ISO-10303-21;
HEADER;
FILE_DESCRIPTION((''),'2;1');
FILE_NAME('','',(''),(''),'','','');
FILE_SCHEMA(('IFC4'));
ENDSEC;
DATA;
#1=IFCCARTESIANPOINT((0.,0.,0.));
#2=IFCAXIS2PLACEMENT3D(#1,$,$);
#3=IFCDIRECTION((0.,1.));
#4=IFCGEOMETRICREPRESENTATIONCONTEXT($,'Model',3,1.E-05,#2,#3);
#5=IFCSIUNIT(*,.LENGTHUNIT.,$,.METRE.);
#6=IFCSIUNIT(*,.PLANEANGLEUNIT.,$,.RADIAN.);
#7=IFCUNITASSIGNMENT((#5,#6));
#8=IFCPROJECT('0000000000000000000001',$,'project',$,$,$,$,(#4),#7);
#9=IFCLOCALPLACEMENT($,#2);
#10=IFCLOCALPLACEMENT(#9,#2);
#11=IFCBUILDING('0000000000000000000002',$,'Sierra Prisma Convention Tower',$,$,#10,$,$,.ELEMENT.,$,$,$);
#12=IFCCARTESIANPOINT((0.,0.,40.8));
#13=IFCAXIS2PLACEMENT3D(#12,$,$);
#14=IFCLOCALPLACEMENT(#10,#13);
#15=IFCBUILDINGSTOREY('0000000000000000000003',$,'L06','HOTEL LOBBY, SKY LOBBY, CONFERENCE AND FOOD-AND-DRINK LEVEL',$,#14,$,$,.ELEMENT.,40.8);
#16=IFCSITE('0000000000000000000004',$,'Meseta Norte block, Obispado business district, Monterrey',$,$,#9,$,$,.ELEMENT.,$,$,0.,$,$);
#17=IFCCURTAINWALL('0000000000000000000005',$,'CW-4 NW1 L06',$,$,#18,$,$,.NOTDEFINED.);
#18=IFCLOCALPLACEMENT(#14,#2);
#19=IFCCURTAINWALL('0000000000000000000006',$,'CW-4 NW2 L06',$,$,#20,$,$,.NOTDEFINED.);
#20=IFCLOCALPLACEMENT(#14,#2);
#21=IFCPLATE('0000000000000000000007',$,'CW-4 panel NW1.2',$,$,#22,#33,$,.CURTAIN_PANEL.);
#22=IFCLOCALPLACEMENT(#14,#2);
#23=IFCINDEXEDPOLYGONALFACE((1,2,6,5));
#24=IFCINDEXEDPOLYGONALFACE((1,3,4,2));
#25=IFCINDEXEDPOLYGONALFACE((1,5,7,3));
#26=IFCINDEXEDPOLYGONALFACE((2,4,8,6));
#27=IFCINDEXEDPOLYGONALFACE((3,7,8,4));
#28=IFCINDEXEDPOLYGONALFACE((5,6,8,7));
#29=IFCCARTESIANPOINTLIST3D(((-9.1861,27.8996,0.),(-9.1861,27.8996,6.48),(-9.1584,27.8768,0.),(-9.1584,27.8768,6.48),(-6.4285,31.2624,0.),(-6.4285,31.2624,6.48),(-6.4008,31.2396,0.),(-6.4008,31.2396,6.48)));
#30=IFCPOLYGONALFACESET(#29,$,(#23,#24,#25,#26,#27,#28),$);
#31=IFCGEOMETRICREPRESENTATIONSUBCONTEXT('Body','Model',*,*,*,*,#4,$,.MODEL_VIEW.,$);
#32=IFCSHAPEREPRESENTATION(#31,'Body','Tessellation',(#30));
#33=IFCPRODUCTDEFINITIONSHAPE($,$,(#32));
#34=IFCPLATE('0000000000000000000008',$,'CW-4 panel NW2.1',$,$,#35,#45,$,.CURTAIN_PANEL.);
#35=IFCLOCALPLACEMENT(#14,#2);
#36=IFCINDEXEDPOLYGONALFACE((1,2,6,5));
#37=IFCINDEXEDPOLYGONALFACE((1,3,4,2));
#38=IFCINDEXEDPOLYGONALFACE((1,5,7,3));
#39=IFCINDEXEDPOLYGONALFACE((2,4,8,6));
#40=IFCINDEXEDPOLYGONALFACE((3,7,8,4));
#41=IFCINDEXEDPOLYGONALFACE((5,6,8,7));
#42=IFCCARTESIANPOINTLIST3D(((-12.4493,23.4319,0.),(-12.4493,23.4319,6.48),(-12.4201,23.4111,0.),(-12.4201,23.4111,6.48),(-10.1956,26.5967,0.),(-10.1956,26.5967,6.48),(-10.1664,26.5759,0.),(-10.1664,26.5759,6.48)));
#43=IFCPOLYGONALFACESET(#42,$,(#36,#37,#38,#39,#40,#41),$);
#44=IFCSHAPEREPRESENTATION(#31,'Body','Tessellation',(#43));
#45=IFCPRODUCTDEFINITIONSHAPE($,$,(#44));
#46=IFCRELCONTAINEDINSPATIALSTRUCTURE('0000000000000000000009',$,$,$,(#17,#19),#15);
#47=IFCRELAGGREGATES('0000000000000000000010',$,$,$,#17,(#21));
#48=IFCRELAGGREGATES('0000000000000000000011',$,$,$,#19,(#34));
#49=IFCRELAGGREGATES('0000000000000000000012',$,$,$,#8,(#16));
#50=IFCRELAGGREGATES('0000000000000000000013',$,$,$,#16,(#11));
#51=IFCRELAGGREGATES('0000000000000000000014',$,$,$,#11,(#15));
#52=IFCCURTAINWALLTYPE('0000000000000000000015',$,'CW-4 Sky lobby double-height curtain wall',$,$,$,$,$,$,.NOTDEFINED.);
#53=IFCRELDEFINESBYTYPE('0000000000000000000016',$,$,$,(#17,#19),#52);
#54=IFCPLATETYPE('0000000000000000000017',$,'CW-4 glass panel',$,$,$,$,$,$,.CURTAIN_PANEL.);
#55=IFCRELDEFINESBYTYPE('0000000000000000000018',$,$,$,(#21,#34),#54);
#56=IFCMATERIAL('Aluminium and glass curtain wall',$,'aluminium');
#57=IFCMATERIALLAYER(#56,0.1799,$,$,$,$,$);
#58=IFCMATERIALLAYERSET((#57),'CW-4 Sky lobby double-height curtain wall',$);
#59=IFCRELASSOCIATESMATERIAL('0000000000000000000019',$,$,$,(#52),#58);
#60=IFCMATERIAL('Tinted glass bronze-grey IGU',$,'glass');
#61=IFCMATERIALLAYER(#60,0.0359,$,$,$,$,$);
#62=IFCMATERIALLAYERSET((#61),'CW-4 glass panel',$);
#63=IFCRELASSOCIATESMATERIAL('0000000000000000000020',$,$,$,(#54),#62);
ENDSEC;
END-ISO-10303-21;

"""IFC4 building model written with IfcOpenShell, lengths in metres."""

from ifc_helpers import new_model, si_unit, direction, frame, origin, origin_2d, place, context, subcontext, project, spatial, rectangle, extrude, material, layer, layer_set, type_object, element, aggregate, save


model = new_model("IFC4")

# Units and contexts
model_context = context("Model", 3, precision=1e-05, world=origin(), true_north=direction((0.0, 1.0)))
body_context = subcontext(model_context, "Body", "Model", "MODEL_VIEW")
ifc_project = project(units=[si_unit("LENGTHUNIT", "METRE"), si_unit("PLANEANGLEUNIT", "RADIAN")], contexts=[model_context])

# Site, building, storey
site_placement = place(None, origin())
site = spatial("IfcSite", under=ifc_project, at=site_placement, Name="Meseta Norte block, Obispado business district, Monterrey", CompositionType="ELEMENT", RefElevation=0.0)
building_placement = place(site_placement, origin())
building = spatial("IfcBuilding", under=site, at=building_placement, Name="Sierra Prisma Convention Tower", CompositionType="ELEMENT")
storey_placement = place(building_placement, frame((0.0, 0.0, 40.8)))
storey = spatial("IfcBuildingStorey", under=building, at=storey_placement, Name="L06", Description="HOTEL LOBBY, SKY LOBBY, CONFERENCE AND FOOD-AND-DRINK LEVEL", CompositionType="ELEMENT", Elevation=40.8)

# Shared definitions
ifc_material_1 = material(Name="Aluminium and glass curtain wall", Category="aluminium")
ifc_layer_1 = layer(ifc_material_1, 0.1799)
ifc_layer_set_1 = layer_set([ifc_layer_1], Name="CW-4 Sky lobby double-height curtain wall")
curtain_wall_type = type_object("IfcCurtainWallType", Name="CW-4 Sky lobby double-height curtain wall", PredefinedType="NOTDEFINED", material=ifc_layer_set_1)

# Curtain wall
curtain_wall_1_placement = place(storey_placement, origin())
curtain_wall_1 = element("IfcCurtainWall", 1, at=curtain_wall_1_placement, inside=storey, type_object=curtain_wall_type, Name="CW-4 NW1 L06", PredefinedType="NOTDEFINED")

# Curtain wall
curtain_wall_2_placement = place(storey_placement, origin())
curtain_wall_2 = element("IfcCurtainWall", 2, at=curtain_wall_2_placement, inside=storey, type_object=curtain_wall_type, Name="CW-4 NW2 L06", PredefinedType="NOTDEFINED")

# Plates
ifc_material_2 = material(Name="Tinted glass bronze-grey IGU", Category="glass")
ifc_layer_2 = layer(ifc_material_2, 0.0359)
ifc_layer_set_2 = layer_set([ifc_layer_2], Name="CW-4 glass panel")
plate_type = type_object("IfcPlateType", Name="CW-4 glass panel", PredefinedType="CURTAIN_PANEL", material=ifc_layer_set_2)
plate_1_placement = place(storey_placement, frame((-7.7935, 29.5696, 0.0), z_axis=(0.0, 0.0, 1.0), x_axis=(-0.634089, -0.77326, 0.0)))
plate_1 = element("IfcPlate", 3, at=plate_1_placement, type_object=plate_type, Name="CW-4 panel NW1.2", PredefinedType="CURTAIN_PANEL", context=body_context, shape_type="SweptSolid", body=[
    extrude(rectangle(XDim=4.3489, YDim=0.0359, at=origin_2d()), origin(), (0.0, 0.0, 1.0), 6.48),
])
aggregate(curtain_wall_1, [plate_1])
plate_2_placement = place(storey_placement, frame((-11.3079, 25.0039, 0.0), z_axis=(0.0, 0.0, 1.0), x_axis=(-0.580072, -0.814566, 0.0)))
plate_2 = element("IfcPlate", 4, at=plate_2_placement, type_object=plate_type, Name="CW-4 panel NW2.1", PredefinedType="CURTAIN_PANEL", context=body_context, shape_type="SweptSolid", body=[
    extrude(rectangle(XDim=3.8853, YDim=0.0359, at=origin_2d()), origin(), (0.0, 0.0, 1.0), 6.48),
])
aggregate(curtain_wall_2, [plate_2])

save(model, "model.ifc")
